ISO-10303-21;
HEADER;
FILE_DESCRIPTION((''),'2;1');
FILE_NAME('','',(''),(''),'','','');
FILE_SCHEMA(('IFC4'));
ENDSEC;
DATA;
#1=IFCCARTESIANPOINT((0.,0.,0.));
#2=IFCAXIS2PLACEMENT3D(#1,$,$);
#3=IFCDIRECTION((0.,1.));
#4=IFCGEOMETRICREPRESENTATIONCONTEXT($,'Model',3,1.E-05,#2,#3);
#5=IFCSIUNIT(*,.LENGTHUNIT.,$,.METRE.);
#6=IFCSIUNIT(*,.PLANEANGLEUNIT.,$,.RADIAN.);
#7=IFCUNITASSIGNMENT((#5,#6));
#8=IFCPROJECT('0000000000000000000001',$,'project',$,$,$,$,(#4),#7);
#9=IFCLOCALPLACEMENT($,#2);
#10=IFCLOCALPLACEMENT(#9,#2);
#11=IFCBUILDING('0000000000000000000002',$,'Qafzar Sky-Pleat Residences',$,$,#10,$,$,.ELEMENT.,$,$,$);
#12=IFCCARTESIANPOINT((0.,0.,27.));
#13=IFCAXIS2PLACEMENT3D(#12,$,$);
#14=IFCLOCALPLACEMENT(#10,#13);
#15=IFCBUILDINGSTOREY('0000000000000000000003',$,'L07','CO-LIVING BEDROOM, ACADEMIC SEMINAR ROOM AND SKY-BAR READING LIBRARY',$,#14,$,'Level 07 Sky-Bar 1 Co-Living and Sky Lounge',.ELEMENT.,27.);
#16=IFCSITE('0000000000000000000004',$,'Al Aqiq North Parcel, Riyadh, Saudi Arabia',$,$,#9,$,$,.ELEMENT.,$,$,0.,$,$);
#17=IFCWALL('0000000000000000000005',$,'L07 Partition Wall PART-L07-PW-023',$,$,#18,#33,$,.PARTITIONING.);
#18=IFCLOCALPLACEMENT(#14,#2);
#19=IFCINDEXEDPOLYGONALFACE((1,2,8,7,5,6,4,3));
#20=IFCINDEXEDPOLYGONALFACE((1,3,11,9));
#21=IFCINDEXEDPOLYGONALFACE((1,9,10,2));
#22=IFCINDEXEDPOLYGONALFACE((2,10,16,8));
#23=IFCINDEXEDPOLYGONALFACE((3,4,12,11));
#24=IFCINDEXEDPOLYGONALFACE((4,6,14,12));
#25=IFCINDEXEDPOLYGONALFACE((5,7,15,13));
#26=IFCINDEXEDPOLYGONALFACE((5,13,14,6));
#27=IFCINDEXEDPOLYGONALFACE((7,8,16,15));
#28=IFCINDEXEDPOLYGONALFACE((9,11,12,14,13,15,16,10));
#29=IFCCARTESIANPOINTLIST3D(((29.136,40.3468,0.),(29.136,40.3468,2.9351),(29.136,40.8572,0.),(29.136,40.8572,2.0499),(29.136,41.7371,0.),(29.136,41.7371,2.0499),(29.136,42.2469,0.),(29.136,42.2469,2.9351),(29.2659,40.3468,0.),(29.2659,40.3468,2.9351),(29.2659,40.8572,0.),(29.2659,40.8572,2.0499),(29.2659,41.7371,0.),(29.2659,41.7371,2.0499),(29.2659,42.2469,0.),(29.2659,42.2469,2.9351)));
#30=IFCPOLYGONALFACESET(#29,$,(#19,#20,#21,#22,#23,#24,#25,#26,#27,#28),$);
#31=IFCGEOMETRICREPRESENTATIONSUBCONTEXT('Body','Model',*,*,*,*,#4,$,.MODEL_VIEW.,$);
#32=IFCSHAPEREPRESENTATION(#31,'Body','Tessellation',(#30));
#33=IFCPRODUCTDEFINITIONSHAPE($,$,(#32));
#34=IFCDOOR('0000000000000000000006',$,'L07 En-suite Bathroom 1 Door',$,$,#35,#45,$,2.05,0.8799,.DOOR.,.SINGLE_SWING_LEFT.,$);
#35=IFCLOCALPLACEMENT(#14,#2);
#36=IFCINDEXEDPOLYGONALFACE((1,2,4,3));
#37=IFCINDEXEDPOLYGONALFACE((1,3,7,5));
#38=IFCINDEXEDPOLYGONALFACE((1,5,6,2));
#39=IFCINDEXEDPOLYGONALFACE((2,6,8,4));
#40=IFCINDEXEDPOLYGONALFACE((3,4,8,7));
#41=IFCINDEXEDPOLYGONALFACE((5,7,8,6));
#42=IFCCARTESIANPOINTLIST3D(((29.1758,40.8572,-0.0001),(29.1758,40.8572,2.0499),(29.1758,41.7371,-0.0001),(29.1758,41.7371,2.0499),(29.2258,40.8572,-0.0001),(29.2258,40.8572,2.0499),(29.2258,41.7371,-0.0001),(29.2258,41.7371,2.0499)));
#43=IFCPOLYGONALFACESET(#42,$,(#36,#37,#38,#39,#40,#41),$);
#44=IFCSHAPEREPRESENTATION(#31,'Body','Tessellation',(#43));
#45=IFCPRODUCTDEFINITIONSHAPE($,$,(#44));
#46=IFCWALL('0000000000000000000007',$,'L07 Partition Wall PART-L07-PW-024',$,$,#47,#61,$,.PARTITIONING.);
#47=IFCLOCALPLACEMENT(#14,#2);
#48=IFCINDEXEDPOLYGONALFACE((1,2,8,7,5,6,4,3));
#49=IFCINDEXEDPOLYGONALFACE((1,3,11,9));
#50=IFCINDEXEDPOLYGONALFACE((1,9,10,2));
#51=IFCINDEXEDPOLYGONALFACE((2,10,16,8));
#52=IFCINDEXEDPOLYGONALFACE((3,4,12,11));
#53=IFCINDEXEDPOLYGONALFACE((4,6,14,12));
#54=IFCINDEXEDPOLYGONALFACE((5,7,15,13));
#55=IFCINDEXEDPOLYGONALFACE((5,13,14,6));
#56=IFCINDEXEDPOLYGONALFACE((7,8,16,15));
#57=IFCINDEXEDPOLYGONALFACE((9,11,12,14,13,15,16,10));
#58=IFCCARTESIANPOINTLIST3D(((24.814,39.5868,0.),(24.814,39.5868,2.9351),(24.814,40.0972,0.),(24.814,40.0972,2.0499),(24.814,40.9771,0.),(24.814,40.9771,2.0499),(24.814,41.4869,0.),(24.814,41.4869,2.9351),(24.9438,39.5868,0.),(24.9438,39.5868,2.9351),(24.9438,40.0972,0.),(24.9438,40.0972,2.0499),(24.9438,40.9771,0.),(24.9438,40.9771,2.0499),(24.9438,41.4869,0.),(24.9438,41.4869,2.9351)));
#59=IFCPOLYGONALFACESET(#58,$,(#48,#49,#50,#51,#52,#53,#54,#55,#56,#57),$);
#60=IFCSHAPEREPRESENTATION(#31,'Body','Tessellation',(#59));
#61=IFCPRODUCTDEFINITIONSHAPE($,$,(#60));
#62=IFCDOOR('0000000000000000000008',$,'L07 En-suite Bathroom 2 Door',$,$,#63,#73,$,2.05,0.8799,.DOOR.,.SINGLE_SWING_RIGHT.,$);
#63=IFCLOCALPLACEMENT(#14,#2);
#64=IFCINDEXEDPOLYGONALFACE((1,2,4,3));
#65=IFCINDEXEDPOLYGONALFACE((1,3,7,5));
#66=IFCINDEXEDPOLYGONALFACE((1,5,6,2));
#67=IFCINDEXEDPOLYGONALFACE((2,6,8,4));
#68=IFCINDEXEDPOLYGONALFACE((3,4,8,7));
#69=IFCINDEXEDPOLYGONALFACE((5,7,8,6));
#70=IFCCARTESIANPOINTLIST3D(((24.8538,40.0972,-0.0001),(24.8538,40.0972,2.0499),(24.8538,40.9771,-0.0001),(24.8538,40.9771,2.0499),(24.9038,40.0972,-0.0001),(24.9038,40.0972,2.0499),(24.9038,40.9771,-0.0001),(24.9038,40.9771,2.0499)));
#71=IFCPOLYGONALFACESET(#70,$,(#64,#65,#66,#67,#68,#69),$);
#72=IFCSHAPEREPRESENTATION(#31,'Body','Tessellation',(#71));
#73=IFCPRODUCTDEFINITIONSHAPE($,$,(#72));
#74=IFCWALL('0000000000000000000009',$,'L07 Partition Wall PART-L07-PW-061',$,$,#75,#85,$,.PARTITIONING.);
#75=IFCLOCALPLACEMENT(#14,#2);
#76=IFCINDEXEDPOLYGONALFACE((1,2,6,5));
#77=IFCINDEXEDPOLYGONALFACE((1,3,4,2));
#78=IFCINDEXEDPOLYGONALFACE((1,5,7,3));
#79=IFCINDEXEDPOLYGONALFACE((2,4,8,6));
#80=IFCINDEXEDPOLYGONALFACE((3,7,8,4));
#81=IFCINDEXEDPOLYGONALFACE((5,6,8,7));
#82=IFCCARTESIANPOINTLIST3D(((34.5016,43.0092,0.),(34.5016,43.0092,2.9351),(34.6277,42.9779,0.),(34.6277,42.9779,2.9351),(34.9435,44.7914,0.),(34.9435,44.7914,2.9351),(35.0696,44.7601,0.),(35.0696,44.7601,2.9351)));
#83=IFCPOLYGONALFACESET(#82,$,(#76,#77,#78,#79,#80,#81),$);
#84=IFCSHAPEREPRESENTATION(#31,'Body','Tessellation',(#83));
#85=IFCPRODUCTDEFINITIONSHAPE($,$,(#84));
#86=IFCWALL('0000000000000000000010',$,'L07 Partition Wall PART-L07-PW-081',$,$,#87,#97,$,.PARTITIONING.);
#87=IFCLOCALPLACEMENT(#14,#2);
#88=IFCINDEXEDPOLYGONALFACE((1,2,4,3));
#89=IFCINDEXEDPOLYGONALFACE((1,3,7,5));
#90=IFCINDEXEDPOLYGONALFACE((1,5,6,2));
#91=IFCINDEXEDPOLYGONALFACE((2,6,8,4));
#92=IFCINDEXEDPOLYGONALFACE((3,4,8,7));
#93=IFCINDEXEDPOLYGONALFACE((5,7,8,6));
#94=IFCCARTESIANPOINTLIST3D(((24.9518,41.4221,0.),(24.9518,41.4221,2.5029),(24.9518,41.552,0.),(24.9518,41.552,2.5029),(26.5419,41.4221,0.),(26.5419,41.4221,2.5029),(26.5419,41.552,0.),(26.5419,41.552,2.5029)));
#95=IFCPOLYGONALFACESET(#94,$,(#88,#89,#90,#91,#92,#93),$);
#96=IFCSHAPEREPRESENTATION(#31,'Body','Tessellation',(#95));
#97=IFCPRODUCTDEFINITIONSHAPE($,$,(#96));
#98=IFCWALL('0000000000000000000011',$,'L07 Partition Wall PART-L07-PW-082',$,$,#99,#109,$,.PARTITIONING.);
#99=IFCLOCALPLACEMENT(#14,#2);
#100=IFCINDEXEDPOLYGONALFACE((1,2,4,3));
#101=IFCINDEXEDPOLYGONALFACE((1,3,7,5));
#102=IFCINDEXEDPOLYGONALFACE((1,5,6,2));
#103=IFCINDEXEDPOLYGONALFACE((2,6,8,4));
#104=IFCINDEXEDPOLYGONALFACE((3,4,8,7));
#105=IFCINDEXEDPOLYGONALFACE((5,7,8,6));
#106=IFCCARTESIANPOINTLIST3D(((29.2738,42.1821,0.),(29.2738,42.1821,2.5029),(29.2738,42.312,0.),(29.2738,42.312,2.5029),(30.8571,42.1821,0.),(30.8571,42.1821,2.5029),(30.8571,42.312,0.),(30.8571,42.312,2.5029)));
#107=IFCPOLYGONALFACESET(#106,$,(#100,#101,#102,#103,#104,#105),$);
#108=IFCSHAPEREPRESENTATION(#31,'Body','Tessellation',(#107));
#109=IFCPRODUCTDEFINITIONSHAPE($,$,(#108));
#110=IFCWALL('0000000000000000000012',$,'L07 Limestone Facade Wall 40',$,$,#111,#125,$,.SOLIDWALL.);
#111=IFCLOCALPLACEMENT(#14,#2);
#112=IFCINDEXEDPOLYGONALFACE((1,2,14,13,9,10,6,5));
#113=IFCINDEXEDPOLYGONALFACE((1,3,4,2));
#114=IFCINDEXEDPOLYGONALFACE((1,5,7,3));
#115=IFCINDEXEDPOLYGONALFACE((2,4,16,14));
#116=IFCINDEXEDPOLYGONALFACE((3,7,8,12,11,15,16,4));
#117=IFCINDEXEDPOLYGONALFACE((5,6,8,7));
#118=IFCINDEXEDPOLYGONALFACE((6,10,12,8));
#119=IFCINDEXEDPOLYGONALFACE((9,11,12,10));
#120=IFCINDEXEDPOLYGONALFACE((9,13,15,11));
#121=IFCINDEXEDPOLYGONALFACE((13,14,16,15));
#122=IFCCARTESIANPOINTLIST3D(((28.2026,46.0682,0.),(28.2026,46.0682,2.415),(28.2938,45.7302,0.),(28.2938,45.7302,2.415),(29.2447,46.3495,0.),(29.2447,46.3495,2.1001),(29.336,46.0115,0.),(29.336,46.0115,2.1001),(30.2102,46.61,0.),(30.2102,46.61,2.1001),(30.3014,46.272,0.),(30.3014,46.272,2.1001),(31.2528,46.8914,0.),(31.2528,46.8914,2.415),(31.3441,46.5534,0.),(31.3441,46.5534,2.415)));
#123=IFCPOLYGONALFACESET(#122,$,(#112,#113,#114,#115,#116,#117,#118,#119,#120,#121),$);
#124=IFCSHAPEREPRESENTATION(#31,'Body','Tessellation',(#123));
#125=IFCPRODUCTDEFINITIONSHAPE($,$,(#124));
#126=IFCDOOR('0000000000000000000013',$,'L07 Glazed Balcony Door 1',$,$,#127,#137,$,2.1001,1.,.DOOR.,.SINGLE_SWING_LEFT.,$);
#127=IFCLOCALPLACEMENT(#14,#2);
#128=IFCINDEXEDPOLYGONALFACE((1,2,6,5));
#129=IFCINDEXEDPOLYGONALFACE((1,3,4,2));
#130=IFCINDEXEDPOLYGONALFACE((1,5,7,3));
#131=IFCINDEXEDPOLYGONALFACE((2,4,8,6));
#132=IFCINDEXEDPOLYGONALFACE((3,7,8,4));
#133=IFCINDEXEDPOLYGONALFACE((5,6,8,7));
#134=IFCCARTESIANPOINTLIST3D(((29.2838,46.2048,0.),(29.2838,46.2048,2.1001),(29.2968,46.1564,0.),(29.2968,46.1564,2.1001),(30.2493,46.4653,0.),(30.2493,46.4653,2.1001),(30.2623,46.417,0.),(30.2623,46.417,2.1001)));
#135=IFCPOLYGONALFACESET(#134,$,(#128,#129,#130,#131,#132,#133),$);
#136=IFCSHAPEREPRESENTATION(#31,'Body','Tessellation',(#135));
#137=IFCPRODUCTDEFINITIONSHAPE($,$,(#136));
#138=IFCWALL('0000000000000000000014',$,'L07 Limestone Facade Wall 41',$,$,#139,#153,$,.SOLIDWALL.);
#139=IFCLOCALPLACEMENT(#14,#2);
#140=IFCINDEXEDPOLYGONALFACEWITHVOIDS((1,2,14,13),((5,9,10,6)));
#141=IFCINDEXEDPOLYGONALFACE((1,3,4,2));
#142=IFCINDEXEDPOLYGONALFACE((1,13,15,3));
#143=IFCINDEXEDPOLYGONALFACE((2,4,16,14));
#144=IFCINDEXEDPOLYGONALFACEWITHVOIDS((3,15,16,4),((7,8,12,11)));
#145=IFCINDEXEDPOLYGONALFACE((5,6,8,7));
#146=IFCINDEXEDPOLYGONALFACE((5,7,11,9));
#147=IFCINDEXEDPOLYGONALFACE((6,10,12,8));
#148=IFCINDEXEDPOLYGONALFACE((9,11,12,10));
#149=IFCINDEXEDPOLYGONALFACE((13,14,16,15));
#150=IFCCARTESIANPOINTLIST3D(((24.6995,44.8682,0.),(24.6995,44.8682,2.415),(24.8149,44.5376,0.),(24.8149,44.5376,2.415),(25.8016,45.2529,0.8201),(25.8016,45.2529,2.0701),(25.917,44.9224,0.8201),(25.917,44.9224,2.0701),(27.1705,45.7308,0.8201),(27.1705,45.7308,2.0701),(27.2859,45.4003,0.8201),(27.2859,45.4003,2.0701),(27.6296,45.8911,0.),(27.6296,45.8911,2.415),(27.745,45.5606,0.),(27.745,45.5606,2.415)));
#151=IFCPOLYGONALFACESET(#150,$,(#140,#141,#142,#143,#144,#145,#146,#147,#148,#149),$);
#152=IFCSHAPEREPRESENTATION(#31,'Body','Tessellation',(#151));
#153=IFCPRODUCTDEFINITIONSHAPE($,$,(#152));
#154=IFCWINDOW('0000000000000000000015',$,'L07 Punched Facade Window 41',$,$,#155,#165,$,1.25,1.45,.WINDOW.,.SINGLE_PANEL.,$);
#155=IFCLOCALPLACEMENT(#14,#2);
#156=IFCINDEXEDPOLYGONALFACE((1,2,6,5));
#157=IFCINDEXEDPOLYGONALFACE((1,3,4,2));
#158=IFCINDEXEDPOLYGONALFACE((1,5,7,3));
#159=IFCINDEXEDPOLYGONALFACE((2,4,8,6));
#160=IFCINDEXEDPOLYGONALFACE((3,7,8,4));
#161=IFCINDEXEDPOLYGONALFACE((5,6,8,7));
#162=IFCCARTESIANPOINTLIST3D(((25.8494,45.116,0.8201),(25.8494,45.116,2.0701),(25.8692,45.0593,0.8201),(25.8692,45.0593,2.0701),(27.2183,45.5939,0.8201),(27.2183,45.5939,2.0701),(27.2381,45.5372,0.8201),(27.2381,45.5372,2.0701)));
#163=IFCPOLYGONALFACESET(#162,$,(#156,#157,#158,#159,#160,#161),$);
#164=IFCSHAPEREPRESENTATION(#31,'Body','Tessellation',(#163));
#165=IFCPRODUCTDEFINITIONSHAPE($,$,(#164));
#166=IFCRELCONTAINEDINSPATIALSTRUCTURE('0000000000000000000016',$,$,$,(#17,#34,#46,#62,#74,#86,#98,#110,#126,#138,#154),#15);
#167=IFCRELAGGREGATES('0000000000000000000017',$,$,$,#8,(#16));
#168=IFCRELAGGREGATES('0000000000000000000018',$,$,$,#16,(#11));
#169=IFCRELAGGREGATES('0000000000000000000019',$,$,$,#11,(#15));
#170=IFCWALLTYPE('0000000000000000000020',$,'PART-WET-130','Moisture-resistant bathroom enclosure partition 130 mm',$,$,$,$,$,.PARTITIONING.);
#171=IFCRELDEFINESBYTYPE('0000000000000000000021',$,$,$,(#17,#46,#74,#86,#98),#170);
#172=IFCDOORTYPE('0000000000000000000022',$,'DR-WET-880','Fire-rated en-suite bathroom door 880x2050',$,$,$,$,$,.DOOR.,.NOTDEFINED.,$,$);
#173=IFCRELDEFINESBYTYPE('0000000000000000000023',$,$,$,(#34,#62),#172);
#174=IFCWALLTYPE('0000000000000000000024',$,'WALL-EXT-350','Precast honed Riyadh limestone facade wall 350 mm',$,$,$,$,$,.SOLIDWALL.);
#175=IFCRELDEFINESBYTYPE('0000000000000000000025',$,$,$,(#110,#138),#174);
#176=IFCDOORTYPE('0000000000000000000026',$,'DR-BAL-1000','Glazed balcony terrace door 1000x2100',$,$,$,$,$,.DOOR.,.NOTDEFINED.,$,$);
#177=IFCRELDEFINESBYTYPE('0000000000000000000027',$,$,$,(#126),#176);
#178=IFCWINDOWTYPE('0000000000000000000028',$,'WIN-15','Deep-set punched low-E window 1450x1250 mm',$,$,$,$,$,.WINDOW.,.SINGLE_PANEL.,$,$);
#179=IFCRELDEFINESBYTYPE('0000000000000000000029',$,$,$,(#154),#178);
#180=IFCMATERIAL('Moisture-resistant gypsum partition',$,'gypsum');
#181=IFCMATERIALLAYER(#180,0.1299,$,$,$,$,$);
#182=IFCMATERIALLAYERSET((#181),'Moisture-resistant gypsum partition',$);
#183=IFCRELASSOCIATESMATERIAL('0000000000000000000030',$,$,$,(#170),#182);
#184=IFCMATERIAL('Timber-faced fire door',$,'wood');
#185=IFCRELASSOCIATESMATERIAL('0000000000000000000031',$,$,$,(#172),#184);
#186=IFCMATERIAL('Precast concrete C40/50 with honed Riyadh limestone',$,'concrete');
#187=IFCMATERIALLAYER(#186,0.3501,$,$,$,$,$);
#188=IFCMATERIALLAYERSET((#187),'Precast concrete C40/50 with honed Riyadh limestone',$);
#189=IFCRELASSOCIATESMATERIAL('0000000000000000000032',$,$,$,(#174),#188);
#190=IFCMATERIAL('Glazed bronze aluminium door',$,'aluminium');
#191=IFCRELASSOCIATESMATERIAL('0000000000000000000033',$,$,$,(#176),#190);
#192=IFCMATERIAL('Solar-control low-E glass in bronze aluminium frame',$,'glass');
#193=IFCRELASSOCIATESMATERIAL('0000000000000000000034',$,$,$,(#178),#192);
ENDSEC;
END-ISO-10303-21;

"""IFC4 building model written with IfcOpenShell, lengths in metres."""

from ifc_helpers import new_model, si_unit, direction, frame, frame_2d, origin, place, context, subcontext, project, spatial, rectangle, extrude, source, transform, mapped, material, layer, layer_set, type_object, element, fill, save


model = new_model("IFC4")

# Units and contexts
model_context = context("Model", 3, precision=1e-05, world=origin(), true_north=direction((0.0, 1.0)))
body_context = subcontext(model_context, "Body", "Model", "MODEL_VIEW")
ifc_project = project(units=[si_unit("LENGTHUNIT", "METRE"), si_unit("PLANEANGLEUNIT", "RADIAN")], contexts=[model_context])

# Site, building, storey
site_placement = place(None, origin())
site = spatial("IfcSite", under=ifc_project, at=site_placement, Name="Al Aqiq North Parcel, Riyadh, Saudi Arabia", CompositionType="ELEMENT", RefElevation=0.0)
building_placement = place(site_placement, origin())
building = spatial("IfcBuilding", under=site, at=building_placement, Name="Qafzar Sky-Pleat Residences", CompositionType="ELEMENT")
storey_placement = place(building_placement, frame((0.0, 0.0, 27.0)))
storey = spatial("IfcBuildingStorey", under=building, at=storey_placement, Name="L07", Description="CO-LIVING BEDROOM, ACADEMIC SEMINAR ROOM AND SKY-BAR READING LIBRARY", LongName="Level 07 Sky-Bar 1 Co-Living and Sky Lounge", CompositionType="ELEMENT", Elevation=27.0)

# Walls, openings, doors
ifc_material_1 = material(Name="Moisture-resistant gypsum partition", Category="gypsum")
ifc_layer_1 = layer(ifc_material_1, 0.1299)
ifc_layer_set_1 = layer_set([ifc_layer_1], Name="Moisture-resistant gypsum partition")
wall_type_1 = type_object("IfcWallType", Name="PART-WET-130", Description="Moisture-resistant bathroom enclosure partition 130 mm", PredefinedType="PARTITIONING", material=ifc_layer_set_1)
wall_1_placement = place(storey_placement, frame((29.2009, 42.2471, 0.0), z_axis=(0.0, 0.0, 1.0), x_axis=(0.0, -1.0, 0.0)))
wall_1 = element("IfcWall", 1, at=wall_1_placement, inside=storey, type_object=wall_type_1, Name="L07 Partition Wall PART-L07-PW-023", PredefinedType="PARTITIONING", context=body_context, shape_type="SweptSolid", body=[
    extrude(rectangle(XDim=1.9001, YDim=0.1299, at=frame_2d((0.9502, 0.0))), origin(), (0.0, 0.0, 1.0), 2.9351),
])
opening_1_placement = place(wall_1_placement, frame((0.51, 0.0, 0.0)))
opening_1 = element("IfcOpeningElement", 2, at=opening_1_placement, cuts=wall_1, PredefinedType="OPENING", context=body_context, shape_type="SweptSolid", body=[
    extrude(rectangle(XDim=0.8799, YDim=2.05, at=frame_2d((0.4399, 1.0249))), frame((0.0, 0.075, 0.0), z_axis=(0.0, -1.0, 0.0), x_axis=(1.0, 0.0, 0.0)), (0.0, 0.0, 1.0), 0.1499),
])
ifc_material_2 = material(Name="Timber-faced fire door", Category="wood")
door_type_1 = type_object("IfcDoorType", Name="DR-WET-880", Description="Fire-rated en-suite bathroom door 880x2050", OperationType="NOTDEFINED", PredefinedType="DOOR", material=ifc_material_2)
shared_shape_1 = source(origin(), body_context, "Body", "SweptSolid", [
    extrude(rectangle(XDim=0.8799, YDim=2.05, at=frame_2d((0.4399, 1.0249))), frame((0.0, 0.0249, 0.0), z_axis=(0.0, -1.0, 0.0), x_axis=(1.0, 0.0, 0.0)), (0.0, 0.0, 1.0), 0.05),
])
door_1_placement = place(opening_1_placement, origin())
door_1 = element("IfcDoor", 3, at=door_1_placement, inside=storey, type_object=door_type_1, Name="L07 En-suite Bathroom 1 Door", OperationType="SINGLE_SWING_LEFT", OverallHeight=2.05, OverallWidth=0.8799, PredefinedType="DOOR", context=body_context, shape_type="MappedRepresentation", body=[
    mapped(shared_shape_1, transform((0.0, 0.0, 0.0), x_axis=(1.0, 0.0, 0.0), y_axis=(0.0, 1.0, 0.0), z_axis=(0.0, 0.0, 1.0), scale=1.0)),
])
fill(opening_1, door_1)
wall_2_placement = place(storey_placement, frame((24.8789, 41.4871, 0.0), z_axis=(0.0, 0.0, 1.0), x_axis=(0.0, -1.0, 0.0)))
wall_2 = element("IfcWall", 4, at=wall_2_placement, inside=storey, type_object=wall_type_1, Name="L07 Partition Wall PART-L07-PW-024", PredefinedType="PARTITIONING", context=body_context, shape_type="SweptSolid", body=[
    extrude(rectangle(XDim=1.9001, YDim=0.1299, at=frame_2d((0.9502, 0.0))), origin(), (0.0, 0.0, 1.0), 2.9351),
])
opening_2_placement = place(wall_2_placement, frame((0.51, 0.0, 0.0)))
opening_2 = element("IfcOpeningElement", 5, at=opening_2_placement, cuts=wall_2, PredefinedType="OPENING", context=body_context, shape_type="SweptSolid", body=[
    extrude(rectangle(XDim=0.8799, YDim=2.05, at=frame_2d((0.4399, 1.0249))), frame((0.0, 0.075, 0.0), z_axis=(0.0, -1.0, 0.0), x_axis=(1.0, 0.0, 0.0)), (0.0, 0.0, 1.0), 0.1499),
])
door_2_placement = place(opening_2_placement, origin())
door_2 = element("IfcDoor", 6, at=door_2_placement, inside=storey, type_object=door_type_1, Name="L07 En-suite Bathroom 2 Door", OperationType="SINGLE_SWING_RIGHT", OverallHeight=2.05, OverallWidth=0.8799, PredefinedType="DOOR", context=body_context, shape_type="MappedRepresentation", body=[
    mapped(shared_shape_1, transform((0.0, 0.0, 0.0), x_axis=(1.0, 0.0, 0.0), y_axis=(0.0, 1.0, 0.0), z_axis=(0.0, 0.0, 1.0), scale=1.0)),
])
fill(opening_2, door_2)

# Walls
wall_3_placement = place(storey_placement, frame((34.5647, 42.9937, 0.0), z_axis=(0.0, 0.0, 1.0), x_axis=(0.240658, 0.97061, 0.0)))
element("IfcWall", 7, at=wall_3_placement, inside=storey, type_object=wall_type_1, Name="L07 Partition Wall PART-L07-PW-061", PredefinedType="PARTITIONING", context=body_context, shape_type="SweptSolid", body=[
    extrude(rectangle(XDim=1.8362, YDim=0.1299, at=frame_2d((0.918, 0.0))), origin(), (0.0, 0.0, 1.0), 2.9351),
])
wall_4_placement = place(storey_placement, frame((24.9519, 41.4871, 0.0), z_axis=(0.0, 0.0, 1.0), x_axis=(1.0, 0.0, 0.0)))
element("IfcWall", 8, at=wall_4_placement, inside=storey, type_object=wall_type_1, Name="L07 Partition Wall PART-L07-PW-081", PredefinedType="PARTITIONING", context=body_context, shape_type="SweptSolid", body=[
    extrude(rectangle(XDim=1.5901, YDim=0.1299, at=frame_2d((0.7949, 0.0))), origin(), (0.0, 0.0, 1.0), 2.5029),
])
wall_5_placement = place(storey_placement, frame((29.2739, 42.2471, 0.0), z_axis=(0.0, 0.0, 1.0), x_axis=(1.0, 0.0, 0.0)))
element("IfcWall", 9, at=wall_5_placement, inside=storey, type_object=wall_type_1, Name="L07 Partition Wall PART-L07-PW-082", PredefinedType="PARTITIONING", context=body_context, shape_type="SweptSolid", body=[
    extrude(rectangle(XDim=1.5833, YDim=0.1299, at=frame_2d((0.7915, 0.0))), origin(), (0.0, 0.0, 1.0), 2.5029),
])

# Wall, opening, door
ifc_material_3 = material(Name="Precast concrete C40/50 with honed Riyadh limestone", Category="concrete")
ifc_layer_2 = layer(ifc_material_3, 0.3501)
ifc_layer_set_2 = layer_set([ifc_layer_2], Name="Precast concrete C40/50 with honed Riyadh limestone")
wall_type_2 = type_object("IfcWallType", Name="WALL-EXT-350", Description="Precast honed Riyadh limestone facade wall 350 mm", PredefinedType="SOLIDWALL", material=ifc_layer_set_2)
wall_6_placement = place(storey_placement, frame((31.2983, 46.7224, 0.0), z_axis=(0.0, 0.0, 1.0), x_axis=(-0.965456, -0.260566, 0.0)))
wall_6 = element("IfcWall", 10, at=wall_6_placement, inside=storey, type_object=wall_type_2, Name="L07 Limestone Facade Wall 40", PredefinedType="SOLIDWALL", context=body_context, shape_type="SweptSolid", body=[
    extrude(rectangle(XDim=3.1594, YDim=0.3501, at=frame_2d((1.5796, 0.0))), origin(), (0.0, 0.0, 1.0), 2.415),
])
opening_3_placement = place(wall_6_placement, frame((1.0798, 0.0, 0.0)))
opening_3 = element("IfcOpeningElement", 11, at=opening_3_placement, cuts=wall_6, PredefinedType="OPENING", context=body_context, shape_type="SweptSolid", body=[
    extrude(rectangle(XDim=1.0, YDim=2.1001, at=frame_2d((0.5, 1.05))), frame((0.0, 0.1851, 0.0), z_axis=(0.0, -1.0, 0.0), x_axis=(1.0, 0.0, 0.0)), (0.0, 0.0, 1.0), 0.3701),
])
ifc_material_4 = material(Name="Glazed bronze aluminium door", Category="aluminium")
door_type_2 = type_object("IfcDoorType", Name="DR-BAL-1000", Description="Glazed balcony terrace door 1000x2100", OperationType="NOTDEFINED", PredefinedType="DOOR", material=ifc_material_4)
shared_shape_2 = source(origin(), body_context, "Body", "SweptSolid", [
    extrude(rectangle(XDim=1.0, YDim=2.1001, at=frame_2d((0.5, 1.05))), frame((0.0, 0.0249, 0.0), z_axis=(0.0, -1.0, 0.0), x_axis=(1.0, 0.0, 0.0)), (0.0, 0.0, 1.0), 0.05),
])
door_3_placement = place(opening_3_placement, origin())
door_3 = element("IfcDoor", 12, at=door_3_placement, inside=storey, type_object=door_type_2, Name="L07 Glazed Balcony Door 1", OperationType="SINGLE_SWING_LEFT", OverallHeight=2.1001, OverallWidth=1.0, PredefinedType="DOOR", context=body_context, shape_type="MappedRepresentation", body=[
    mapped(shared_shape_2, transform((0.0, 0.0, 0.0), x_axis=(1.0, 0.0, 0.0), y_axis=(0.0, 1.0, 0.0), z_axis=(0.0, 0.0, 1.0), scale=1.0)),
])
fill(opening_3, door_3)

# Wall, opening, window
wall_7_placement = place(storey_placement, frame((27.6873, 45.7258, 0.0), z_axis=(0.0, 0.0, 1.0), x_axis=(-0.944121, -0.3296, 0.0)))
wall_7 = element("IfcWall", 13, at=wall_7_placement, inside=storey, type_object=wall_type_2, Name="L07 Limestone Facade Wall 41", PredefinedType="SOLIDWALL", context=body_context, shape_type="SweptSolid", body=[
    extrude(rectangle(XDim=3.1035, YDim=0.3501, at=frame_2d((1.5518, 0.0))), origin(), (0.0, 0.0, 1.0), 2.415),
])
opening_4_placement = place(wall_7_placement, frame((0.4861, 0.0, 0.8201)))
opening_4 = element("IfcOpeningElement", 14, at=opening_4_placement, cuts=wall_7, PredefinedType="OPENING", context=body_context, shape_type="SweptSolid", body=[
    extrude(rectangle(XDim=1.45, YDim=1.25, at=frame_2d((0.7251, 0.625))), frame((0.0, 0.1851, 0.0), z_axis=(0.0, -1.0, 0.0), x_axis=(1.0, 0.0, 0.0)), (0.0, 0.0, 1.0), 0.3701),
])
ifc_material_5 = material(Name="Solar-control low-E glass in bronze aluminium frame", Category="glass")
window_type = type_object("IfcWindowType", Name="WIN-15", Description="Deep-set punched low-E window 1450x1250 mm", PartitioningType="SINGLE_PANEL", PredefinedType="WINDOW", material=ifc_material_5)
shared_shape_3 = source(origin(), body_context, "Body", "SweptSolid", [
    extrude(rectangle(XDim=1.45, YDim=1.25, at=frame_2d((0.7251, 0.625))), frame((0.0, 0.03, 0.0), z_axis=(0.0, -1.0, 0.0), x_axis=(1.0, 0.0, 0.0)), (0.0, 0.0, 1.0), 0.0601),
])
window_placement = place(opening_4_placement, origin())
window = element("IfcWindow", 15, at=window_placement, inside=storey, type_object=window_type, Name="L07 Punched Facade Window 41", OverallHeight=1.25, OverallWidth=1.45, PartitioningType="SINGLE_PANEL", PredefinedType="WINDOW", context=body_context, shape_type="MappedRepresentation", body=[
    mapped(shared_shape_3, transform((0.0, 0.0, 0.0), x_axis=(1.0, 0.0, 0.0), y_axis=(0.0, 1.0, 0.0), z_axis=(0.0, 0.0, 1.0), scale=1.0)),
])
fill(opening_4, window)

save(model, "model.ifc")
